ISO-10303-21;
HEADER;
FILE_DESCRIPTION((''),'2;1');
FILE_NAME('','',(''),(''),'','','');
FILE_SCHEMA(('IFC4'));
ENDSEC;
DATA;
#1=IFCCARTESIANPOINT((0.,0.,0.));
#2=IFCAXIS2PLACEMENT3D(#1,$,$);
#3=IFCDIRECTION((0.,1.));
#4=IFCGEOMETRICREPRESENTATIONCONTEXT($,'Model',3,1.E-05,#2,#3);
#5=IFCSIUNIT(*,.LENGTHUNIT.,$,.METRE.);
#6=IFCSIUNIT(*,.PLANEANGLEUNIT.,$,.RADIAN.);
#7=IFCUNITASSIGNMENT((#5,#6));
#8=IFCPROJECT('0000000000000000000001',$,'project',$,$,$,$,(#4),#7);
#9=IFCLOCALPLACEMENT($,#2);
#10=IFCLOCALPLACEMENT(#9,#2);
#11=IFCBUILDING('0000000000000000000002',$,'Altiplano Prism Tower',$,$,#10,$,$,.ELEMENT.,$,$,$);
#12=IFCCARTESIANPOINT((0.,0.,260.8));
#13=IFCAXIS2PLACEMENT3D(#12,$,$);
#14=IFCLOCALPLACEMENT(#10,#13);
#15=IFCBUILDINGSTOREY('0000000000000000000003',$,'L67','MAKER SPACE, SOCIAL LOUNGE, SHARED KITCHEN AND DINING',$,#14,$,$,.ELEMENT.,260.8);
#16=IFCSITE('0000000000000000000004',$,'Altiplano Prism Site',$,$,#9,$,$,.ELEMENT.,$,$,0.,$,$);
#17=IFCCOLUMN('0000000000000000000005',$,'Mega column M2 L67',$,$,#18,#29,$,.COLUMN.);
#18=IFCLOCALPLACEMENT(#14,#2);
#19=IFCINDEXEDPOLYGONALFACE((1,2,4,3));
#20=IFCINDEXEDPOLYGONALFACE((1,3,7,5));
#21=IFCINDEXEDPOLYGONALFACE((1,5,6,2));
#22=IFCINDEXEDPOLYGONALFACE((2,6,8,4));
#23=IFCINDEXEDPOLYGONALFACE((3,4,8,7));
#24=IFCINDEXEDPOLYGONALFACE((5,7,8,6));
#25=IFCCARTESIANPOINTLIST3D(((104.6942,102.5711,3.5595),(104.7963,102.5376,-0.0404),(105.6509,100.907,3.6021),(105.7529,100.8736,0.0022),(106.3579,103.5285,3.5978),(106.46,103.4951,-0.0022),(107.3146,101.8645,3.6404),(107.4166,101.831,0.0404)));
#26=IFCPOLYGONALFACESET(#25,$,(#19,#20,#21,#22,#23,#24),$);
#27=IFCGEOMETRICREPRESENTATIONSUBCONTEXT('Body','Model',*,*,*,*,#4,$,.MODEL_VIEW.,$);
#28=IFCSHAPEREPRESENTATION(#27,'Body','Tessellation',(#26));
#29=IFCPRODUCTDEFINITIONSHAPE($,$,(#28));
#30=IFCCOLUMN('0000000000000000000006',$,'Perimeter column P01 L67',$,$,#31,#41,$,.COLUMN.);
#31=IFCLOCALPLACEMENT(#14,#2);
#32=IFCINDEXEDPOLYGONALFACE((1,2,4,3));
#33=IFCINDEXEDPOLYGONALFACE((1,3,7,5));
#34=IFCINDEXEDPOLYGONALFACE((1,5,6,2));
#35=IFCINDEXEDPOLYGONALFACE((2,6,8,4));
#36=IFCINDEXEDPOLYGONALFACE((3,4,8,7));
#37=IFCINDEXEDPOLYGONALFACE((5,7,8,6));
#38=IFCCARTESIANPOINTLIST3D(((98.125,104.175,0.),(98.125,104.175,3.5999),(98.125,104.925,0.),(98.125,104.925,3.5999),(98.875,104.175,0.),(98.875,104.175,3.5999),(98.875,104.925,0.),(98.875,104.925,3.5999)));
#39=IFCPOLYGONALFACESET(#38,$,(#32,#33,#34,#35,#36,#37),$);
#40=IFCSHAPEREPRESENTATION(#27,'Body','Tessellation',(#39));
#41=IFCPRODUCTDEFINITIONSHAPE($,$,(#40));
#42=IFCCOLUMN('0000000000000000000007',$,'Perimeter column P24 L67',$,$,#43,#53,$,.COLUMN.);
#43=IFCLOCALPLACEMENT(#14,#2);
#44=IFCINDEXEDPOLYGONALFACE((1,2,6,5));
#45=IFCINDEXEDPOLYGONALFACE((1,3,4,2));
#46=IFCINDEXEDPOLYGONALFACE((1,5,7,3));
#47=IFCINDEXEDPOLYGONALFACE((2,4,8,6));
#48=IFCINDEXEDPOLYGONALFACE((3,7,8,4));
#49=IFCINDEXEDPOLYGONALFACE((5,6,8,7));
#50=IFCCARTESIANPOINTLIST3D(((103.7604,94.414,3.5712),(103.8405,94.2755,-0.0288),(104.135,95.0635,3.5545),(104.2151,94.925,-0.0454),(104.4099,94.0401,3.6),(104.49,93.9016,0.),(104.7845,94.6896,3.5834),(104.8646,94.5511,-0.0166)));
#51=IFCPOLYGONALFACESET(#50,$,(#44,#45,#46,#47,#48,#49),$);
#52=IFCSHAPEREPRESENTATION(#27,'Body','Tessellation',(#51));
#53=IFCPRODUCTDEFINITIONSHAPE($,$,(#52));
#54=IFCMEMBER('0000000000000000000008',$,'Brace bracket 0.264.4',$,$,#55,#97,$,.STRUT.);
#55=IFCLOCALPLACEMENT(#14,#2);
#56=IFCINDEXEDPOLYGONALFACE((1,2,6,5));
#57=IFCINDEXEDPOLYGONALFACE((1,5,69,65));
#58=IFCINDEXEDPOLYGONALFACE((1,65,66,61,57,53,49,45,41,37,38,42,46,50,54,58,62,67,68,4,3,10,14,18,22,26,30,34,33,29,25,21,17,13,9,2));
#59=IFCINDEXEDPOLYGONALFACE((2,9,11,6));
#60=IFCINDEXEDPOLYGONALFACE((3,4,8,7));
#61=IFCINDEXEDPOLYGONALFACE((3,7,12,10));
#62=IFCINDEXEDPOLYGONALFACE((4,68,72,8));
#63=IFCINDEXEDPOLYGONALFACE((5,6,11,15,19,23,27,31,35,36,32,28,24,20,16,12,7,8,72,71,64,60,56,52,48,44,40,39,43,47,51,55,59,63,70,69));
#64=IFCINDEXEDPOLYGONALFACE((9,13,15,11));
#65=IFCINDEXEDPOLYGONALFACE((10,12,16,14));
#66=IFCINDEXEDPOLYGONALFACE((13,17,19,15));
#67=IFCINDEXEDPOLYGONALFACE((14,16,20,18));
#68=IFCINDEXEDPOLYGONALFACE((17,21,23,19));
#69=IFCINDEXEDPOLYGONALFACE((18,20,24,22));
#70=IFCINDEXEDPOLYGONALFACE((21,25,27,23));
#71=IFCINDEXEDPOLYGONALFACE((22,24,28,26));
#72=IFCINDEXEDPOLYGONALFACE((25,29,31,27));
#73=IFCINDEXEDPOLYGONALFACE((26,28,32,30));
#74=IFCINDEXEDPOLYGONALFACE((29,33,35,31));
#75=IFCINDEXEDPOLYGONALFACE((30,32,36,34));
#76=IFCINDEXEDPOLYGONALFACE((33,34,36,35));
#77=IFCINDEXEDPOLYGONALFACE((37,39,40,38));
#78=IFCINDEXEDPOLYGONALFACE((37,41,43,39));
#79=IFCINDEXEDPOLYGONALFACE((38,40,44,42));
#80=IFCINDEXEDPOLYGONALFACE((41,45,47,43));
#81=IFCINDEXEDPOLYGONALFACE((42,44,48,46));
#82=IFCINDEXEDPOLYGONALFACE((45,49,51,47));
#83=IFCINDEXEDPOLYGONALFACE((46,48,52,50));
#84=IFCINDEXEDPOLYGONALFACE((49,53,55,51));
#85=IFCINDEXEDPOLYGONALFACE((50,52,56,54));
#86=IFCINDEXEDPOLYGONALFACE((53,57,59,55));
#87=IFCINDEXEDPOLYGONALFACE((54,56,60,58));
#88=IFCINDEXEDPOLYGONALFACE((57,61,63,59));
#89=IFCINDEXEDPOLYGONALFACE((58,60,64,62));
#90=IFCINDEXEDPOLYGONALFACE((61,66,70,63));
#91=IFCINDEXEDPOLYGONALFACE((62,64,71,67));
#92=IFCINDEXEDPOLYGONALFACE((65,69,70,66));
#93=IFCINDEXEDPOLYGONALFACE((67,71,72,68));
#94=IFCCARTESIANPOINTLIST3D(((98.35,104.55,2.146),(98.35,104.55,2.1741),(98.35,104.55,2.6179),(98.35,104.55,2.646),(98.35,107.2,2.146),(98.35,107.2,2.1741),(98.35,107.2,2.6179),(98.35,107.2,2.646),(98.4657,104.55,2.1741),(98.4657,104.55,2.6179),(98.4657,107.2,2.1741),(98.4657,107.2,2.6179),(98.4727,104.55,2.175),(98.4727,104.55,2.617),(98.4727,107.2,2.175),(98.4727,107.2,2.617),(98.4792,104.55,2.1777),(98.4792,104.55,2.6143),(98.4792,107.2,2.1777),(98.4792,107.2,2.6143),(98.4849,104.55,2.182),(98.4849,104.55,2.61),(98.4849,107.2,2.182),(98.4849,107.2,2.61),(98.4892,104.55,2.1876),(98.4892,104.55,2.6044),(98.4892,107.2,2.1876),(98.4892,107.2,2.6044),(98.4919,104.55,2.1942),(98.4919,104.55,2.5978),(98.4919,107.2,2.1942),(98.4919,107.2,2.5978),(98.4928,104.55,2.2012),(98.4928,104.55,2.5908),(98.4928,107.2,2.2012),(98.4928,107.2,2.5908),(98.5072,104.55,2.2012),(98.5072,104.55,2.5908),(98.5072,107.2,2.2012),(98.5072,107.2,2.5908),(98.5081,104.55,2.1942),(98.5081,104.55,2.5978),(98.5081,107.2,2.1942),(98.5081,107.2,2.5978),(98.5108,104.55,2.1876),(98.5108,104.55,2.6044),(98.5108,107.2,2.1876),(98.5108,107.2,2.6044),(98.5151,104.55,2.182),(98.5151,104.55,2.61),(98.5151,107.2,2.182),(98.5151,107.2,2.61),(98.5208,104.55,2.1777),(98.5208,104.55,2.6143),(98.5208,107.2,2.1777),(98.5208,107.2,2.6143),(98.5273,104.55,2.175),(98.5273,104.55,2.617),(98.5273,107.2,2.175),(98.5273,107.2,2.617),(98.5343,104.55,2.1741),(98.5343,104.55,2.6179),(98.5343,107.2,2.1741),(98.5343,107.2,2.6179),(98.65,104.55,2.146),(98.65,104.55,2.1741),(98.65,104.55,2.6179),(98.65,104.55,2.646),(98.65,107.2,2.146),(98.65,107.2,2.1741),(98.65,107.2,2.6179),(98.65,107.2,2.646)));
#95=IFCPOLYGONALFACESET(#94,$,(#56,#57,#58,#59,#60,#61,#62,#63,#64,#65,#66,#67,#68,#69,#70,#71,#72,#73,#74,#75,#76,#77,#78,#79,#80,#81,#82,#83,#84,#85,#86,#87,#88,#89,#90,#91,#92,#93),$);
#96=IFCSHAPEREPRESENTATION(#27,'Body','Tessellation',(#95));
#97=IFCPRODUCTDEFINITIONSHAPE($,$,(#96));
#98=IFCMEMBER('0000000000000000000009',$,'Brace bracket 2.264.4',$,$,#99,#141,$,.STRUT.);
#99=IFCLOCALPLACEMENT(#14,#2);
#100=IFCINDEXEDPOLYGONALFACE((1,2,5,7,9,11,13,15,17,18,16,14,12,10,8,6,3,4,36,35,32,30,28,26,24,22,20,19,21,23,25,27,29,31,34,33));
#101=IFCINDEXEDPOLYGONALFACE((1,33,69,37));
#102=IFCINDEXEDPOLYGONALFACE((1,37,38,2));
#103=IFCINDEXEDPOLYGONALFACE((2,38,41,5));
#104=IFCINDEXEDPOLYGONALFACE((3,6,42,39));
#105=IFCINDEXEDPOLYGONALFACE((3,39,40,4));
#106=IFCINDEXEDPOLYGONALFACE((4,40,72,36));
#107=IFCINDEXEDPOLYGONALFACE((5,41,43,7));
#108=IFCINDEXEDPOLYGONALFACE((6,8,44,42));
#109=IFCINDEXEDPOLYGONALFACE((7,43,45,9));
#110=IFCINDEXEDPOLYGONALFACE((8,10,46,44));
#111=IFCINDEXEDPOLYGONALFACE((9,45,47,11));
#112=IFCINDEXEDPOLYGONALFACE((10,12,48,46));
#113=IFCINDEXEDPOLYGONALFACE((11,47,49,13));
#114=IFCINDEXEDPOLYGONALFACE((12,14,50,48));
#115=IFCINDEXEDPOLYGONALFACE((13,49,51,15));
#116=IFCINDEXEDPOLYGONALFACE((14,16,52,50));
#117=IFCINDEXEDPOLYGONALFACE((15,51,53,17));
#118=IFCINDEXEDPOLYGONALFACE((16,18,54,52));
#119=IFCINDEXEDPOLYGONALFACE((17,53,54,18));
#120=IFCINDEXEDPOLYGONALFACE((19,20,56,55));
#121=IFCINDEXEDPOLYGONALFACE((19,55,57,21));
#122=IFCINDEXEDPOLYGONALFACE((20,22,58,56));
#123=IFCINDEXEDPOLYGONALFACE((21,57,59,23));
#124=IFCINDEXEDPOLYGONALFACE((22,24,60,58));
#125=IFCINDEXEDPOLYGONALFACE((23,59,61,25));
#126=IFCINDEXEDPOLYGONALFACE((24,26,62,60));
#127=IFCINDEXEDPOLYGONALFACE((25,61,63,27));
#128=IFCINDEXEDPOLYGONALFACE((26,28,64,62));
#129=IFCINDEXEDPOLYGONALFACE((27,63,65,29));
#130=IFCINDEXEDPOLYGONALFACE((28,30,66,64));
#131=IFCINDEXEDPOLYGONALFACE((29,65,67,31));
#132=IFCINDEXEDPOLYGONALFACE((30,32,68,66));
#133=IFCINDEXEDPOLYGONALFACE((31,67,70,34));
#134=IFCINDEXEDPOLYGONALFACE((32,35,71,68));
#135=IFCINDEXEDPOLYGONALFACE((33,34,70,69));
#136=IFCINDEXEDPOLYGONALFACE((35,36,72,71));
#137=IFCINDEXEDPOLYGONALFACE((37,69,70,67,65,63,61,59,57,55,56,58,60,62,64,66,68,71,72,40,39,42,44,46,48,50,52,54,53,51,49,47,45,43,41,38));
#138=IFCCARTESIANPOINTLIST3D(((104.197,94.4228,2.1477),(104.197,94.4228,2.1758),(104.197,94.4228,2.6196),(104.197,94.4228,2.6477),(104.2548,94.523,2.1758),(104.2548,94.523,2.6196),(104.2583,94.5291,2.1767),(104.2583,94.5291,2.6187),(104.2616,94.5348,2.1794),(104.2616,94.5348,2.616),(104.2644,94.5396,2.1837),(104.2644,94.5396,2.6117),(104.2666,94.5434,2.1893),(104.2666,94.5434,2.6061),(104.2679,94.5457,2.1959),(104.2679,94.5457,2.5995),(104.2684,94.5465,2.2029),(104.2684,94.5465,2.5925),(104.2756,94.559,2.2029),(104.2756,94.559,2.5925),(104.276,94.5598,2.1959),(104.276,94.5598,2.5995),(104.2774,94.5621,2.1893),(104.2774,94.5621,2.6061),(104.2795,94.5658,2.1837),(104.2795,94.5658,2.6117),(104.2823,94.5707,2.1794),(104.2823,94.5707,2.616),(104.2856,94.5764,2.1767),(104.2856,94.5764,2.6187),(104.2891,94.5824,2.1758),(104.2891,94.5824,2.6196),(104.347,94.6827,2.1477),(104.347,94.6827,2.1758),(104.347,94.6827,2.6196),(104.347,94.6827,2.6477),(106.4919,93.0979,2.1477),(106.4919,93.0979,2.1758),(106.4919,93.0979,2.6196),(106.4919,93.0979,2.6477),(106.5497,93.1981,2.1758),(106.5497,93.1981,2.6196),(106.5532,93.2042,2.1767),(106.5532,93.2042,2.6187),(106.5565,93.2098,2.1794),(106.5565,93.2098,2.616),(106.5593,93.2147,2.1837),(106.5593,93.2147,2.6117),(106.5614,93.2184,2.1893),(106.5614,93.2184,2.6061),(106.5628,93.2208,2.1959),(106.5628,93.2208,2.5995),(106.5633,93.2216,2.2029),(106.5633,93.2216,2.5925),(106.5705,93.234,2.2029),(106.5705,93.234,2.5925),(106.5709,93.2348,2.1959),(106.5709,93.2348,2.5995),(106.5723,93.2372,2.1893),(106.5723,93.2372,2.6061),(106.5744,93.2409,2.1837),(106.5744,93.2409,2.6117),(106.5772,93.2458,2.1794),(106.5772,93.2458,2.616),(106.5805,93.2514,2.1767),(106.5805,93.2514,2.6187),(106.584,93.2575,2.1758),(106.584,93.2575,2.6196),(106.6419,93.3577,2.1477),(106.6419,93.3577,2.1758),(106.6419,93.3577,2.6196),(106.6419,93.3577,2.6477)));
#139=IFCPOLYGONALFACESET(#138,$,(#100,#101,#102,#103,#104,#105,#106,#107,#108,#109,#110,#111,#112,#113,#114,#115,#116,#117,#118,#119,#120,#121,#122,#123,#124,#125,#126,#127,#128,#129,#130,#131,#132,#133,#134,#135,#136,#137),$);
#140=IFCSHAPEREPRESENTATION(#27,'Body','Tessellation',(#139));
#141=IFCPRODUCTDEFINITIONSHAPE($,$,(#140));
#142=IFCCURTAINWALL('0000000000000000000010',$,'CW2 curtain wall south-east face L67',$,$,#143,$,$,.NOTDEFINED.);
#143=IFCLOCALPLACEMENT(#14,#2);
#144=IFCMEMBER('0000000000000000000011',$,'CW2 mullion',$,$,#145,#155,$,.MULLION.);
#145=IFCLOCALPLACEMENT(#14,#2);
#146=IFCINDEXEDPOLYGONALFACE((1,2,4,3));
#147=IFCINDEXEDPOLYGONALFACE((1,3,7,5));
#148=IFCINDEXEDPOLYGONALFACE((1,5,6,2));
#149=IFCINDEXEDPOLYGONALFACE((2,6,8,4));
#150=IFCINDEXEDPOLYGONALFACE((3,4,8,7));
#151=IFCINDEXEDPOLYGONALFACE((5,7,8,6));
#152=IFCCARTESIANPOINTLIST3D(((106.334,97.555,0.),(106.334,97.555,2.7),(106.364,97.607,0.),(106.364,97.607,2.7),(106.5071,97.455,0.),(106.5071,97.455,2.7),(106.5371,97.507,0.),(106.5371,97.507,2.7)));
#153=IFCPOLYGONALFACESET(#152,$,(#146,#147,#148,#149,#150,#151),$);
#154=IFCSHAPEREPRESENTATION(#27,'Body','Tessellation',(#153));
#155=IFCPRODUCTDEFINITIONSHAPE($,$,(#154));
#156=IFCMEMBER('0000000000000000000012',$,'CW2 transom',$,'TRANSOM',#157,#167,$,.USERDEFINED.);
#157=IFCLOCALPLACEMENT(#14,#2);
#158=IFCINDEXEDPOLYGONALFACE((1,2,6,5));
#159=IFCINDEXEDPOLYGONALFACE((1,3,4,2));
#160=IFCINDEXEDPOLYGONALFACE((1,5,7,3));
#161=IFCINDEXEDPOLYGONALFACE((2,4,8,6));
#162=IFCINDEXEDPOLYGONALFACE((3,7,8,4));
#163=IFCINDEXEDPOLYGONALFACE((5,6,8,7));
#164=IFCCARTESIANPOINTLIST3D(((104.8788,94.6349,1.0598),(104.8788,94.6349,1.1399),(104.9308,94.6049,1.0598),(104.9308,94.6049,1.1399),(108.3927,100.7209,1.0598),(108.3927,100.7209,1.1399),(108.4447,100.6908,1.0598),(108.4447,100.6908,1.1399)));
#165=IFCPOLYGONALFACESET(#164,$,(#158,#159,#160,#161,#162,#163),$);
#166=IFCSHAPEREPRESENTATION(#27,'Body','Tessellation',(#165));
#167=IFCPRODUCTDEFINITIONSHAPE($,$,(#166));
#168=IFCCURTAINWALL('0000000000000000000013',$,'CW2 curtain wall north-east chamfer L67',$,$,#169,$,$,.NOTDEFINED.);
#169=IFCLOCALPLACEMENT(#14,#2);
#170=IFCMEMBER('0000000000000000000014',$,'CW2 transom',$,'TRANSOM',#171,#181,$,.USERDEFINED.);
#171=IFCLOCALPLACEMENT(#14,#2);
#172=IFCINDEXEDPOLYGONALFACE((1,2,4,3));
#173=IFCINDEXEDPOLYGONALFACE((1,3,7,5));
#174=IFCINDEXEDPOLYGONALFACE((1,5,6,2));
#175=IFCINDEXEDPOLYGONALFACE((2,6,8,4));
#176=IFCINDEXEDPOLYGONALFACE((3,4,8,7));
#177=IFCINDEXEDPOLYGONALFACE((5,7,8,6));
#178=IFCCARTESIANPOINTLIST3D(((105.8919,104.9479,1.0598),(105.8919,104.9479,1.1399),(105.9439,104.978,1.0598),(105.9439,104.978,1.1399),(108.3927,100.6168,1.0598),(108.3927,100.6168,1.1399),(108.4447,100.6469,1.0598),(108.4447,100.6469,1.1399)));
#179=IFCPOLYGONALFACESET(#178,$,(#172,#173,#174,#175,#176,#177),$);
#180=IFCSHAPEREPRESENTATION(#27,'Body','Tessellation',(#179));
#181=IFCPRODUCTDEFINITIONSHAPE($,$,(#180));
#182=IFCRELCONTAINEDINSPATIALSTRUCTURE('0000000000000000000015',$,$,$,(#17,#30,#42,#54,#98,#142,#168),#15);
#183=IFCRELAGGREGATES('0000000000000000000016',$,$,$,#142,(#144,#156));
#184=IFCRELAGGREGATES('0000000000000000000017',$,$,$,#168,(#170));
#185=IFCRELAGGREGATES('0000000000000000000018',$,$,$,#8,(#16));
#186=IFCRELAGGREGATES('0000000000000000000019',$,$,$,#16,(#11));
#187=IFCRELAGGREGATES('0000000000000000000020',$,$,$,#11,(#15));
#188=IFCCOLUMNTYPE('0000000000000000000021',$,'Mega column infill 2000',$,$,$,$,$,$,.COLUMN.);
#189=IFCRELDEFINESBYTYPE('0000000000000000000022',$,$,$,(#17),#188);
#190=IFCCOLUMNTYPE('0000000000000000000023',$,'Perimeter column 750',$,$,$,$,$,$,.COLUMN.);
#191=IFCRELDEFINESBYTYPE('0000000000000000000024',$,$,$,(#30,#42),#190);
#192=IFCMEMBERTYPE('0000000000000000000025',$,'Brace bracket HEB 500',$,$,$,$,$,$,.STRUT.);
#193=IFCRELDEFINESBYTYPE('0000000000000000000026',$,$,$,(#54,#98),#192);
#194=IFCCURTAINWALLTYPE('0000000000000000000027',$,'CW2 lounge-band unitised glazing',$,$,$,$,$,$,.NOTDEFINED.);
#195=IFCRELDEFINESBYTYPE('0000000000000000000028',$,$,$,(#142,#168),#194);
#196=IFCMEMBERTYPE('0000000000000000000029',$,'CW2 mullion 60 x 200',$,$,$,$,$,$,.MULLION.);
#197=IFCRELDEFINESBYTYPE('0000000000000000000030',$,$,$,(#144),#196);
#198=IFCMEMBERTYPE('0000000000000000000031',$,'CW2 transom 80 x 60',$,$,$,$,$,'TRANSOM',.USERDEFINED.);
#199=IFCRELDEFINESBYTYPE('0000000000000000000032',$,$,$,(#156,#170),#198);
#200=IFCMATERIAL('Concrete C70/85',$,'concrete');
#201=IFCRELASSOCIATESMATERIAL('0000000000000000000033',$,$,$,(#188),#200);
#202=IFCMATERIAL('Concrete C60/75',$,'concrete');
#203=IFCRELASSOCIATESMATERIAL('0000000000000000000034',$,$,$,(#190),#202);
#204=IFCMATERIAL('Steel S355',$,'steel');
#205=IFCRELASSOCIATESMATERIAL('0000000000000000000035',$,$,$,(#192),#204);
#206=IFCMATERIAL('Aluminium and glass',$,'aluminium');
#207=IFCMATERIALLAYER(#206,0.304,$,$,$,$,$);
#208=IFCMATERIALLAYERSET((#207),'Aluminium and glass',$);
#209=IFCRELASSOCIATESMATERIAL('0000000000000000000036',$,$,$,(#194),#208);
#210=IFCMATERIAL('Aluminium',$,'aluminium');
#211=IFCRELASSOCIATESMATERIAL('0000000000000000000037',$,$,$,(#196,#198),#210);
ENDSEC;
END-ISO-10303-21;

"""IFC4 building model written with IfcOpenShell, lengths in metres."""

from ifc_helpers import new_model, si_unit, direction, frame, origin, origin_2d, place, context, subcontext, project, spatial, rectangle, i_section, extrude, material, layer, layer_set, material_profile, profile_set, type_object, element, aggregate, save


model = new_model("IFC4")

# Units and contexts
model_context = context("Model", 3, precision=1e-05, world=origin(), true_north=direction((0.0, 1.0)))
body_context = subcontext(model_context, "Body", "Model", "MODEL_VIEW")
ifc_project = project(units=[si_unit("LENGTHUNIT", "METRE"), si_unit("PLANEANGLEUNIT", "RADIAN")], contexts=[model_context])

# Site, building, storey
site_placement = place(None, origin())
site = spatial("IfcSite", under=ifc_project, at=site_placement, Name="Altiplano Prism Site", CompositionType="ELEMENT", RefElevation=0.0)
building_placement = place(site_placement, origin())
building = spatial("IfcBuilding", under=site, at=building_placement, Name="Altiplano Prism Tower", CompositionType="ELEMENT")
storey_placement = place(building_placement, frame((0.0, 0.0, 260.8)))
storey = spatial("IfcBuildingStorey", under=building, at=storey_placement, Name="L67", Description="MAKER SPACE, SOCIAL LOUNGE, SHARED KITCHEN AND DINING", CompositionType="ELEMENT", Elevation=260.8)

# Columns
ifc_material_1 = material(Name="Concrete C70/85", Category="concrete")
ifc_material_profile_1 = material_profile(ifc_material_1, rectangle(XDim=1.9199, YDim=1.9199, at=origin_2d()), Name="Mega column infill 2000")
ifc_profile_set_1 = profile_set([ifc_material_profile_1], Name="Concrete C70/85")
column_type_1 = type_object("IfcColumnType", Name="Mega column infill 2000", PredefinedType="COLUMN", material=ifc_profile_set_1)
column_1_placement = place(storey_placement, frame((106.1064, 102.1843, 0.0), z_axis=(-0.028336, 0.009287, 0.999555), x_axis=(0.498283, -0.866731, 0.022179)))
element("IfcColumn", 1, at=column_1_placement, inside=storey, type_object=column_type_1, Name="Mega column M2 L67", PredefinedType="COLUMN", context=body_context, shape_type="SweptSolid", body=[
    extrude(rectangle(XDim=1.9199, YDim=1.9199, at=origin_2d()), origin(), (0.0, 0.0, 1.0), 3.6016),
])
ifc_material_2 = material(Name="Concrete C60/75", Category="concrete")
ifc_material_profile_2 = material_profile(ifc_material_2, rectangle(XDim=0.75, YDim=0.75, at=origin_2d()), Name="Perimeter column 750")
ifc_profile_set_2 = profile_set([ifc_material_profile_2], Name="Concrete C60/75")
column_type_2 = type_object("IfcColumnType", Name="Perimeter column 750", PredefinedType="COLUMN", material=ifc_profile_set_2)
column_2_placement = place(storey_placement, frame((98.5, 104.55, 0.0), z_axis=(0.0, 0.0, 1.0), x_axis=(1.0, 0.0, 0.0)))
element("IfcColumn", 2, at=column_2_placement, inside=storey, type_object=column_type_2, Name="Perimeter column P01 L67", PredefinedType="COLUMN", context=body_context, shape_type="SweptSolid", body=[
    extrude(rectangle(XDim=0.75, YDim=0.75, at=origin_2d()), origin(), (0.0, 0.0, 1.0), 3.5999),
])
column_3_placement = place(storey_placement, frame((104.3525, 94.4133, -0.0227), z_axis=(-0.022223, 0.038416, 0.999015), x_axis=(-0.499513, -0.866022, 0.02219)))
element("IfcColumn", 3, at=column_3_placement, inside=storey, type_object=column_type_2, Name="Perimeter column P24 L67", PredefinedType="COLUMN", context=body_context, shape_type="SweptSolid", body=[
    extrude(rectangle(XDim=0.75, YDim=0.75, at=origin_2d()), origin(), (0.0, 0.0, 1.0), 3.6035),
])

# Members
ifc_material_3 = material(Name="Steel S355", Category="steel")
ifc_material_profile_3 = material_profile(ifc_material_3, i_section(OverallWidth=0.3, OverallDepth=0.5, WebThickness=0.0144, FlangeThickness=0.0281, FilletRadius=0.0271, at=origin_2d()), Name="Brace bracket HEB 500")
ifc_profile_set_3 = profile_set([ifc_material_profile_3], Name="Steel S355")
member_type_1 = type_object("IfcMemberType", Name="Brace bracket HEB 500", PredefinedType="STRUT", material=ifc_profile_set_3)
for number, where, z_axis, x_axis, name in (
    (4, (98.5, 104.55, 2.396), (0.0, 1.0, 0.0), (-1.0, 0.0, 0.0), "Brace bracket 0.264.4"),
    (5, (104.272, 94.5527, 2.3977), (0.866029, -0.499994, 0.0), (0.499994, 0.866029, 0.0), "Brace bracket 2.264.4"),
):
    element("IfcMember", number, at=place(storey_placement, frame(where, z_axis=z_axis, x_axis=x_axis)), inside=storey, type_object=member_type_1, Name=name, PredefinedType="STRUT", context=body_context, shape_type="SweptSolid", body=[
        extrude(i_section(OverallWidth=0.3, OverallDepth=0.5, WebThickness=0.0144, FlangeThickness=0.0281, FilletRadius=0.0271, at=origin_2d()), origin(), (0.0, 0.0, 1.0), 2.6499),
    ])

# Curtain wall, members
ifc_material_4 = material(Name="Aluminium and glass", Category="aluminium")
ifc_layer_1 = layer(ifc_material_4, 0.304)
ifc_layer_set_1 = layer_set([ifc_layer_1], Name="Aluminium and glass")
curtain_wall_type = type_object("IfcCurtainWallType", Name="CW2 lounge-band unitised glazing", PredefinedType="NOTDEFINED", material=ifc_layer_set_1)
curtain_wall_1_placement = place(storey_placement, origin())
curtain_wall_1 = element("IfcCurtainWall", 6, at=curtain_wall_1_placement, inside=storey, type_object=curtain_wall_type, Name="CW2 curtain wall south-east face L67", PredefinedType="NOTDEFINED")
ifc_material_5 = material(Name="Aluminium", Category="aluminium")
ifc_material_profile_4 = material_profile(ifc_material_5, rectangle(XDim=0.2, YDim=0.0601, at=origin_2d()), Name="CW2 mullion 60 x 200")
ifc_profile_set_4 = profile_set([ifc_material_profile_4], Name="Aluminium")
member_type_2 = type_object("IfcMemberType", Name="CW2 mullion 60 x 200", PredefinedType="MULLION", material=ifc_profile_set_4)
member_1_placement = place(storey_placement, frame((106.4355, 97.531, 0.0), z_axis=(0.0, 0.0, 1.0), x_axis=(-0.866025, 0.5, 0.0)))
member_1 = element("IfcMember", 7, at=member_1_placement, type_object=member_type_2, Name="CW2 mullion", PredefinedType="MULLION", context=body_context, shape_type="SweptSolid", body=[
    extrude(rectangle(XDim=0.2, YDim=0.0601, at=origin_2d()), origin(), (0.0, 0.0, 1.0), 2.7),
])
ifc_material_profile_5 = material_profile(ifc_material_5, rectangle(XDim=0.0601, YDim=0.0801, at=origin_2d()), Name="CW2 transom 80 x 60")
ifc_profile_set_5 = profile_set([ifc_material_profile_5], Name="Aluminium")
member_type_3 = type_object("IfcMemberType", Name="CW2 transom 80 x 60", ElementType="TRANSOM", PredefinedType="USERDEFINED", material=ifc_profile_set_5)
member_2_placement = place(storey_placement, frame((104.9048, 94.6199, 1.0999), z_axis=(0.500021, 0.866013, 0.0), x_axis=(-0.866013, 0.500021, 0.0)))
member_2 = element("IfcMember", 8, at=member_2_placement, type_object=member_type_3, Name="CW2 transom", ObjectType="TRANSOM", PredefinedType="USERDEFINED", context=body_context, shape_type="SweptSolid", body=[
    extrude(rectangle(XDim=0.0601, YDim=0.0801, at=origin_2d()), origin(), (0.0, 0.0, 1.0), 7.0276),
])

# Curtain wall, member
curtain_wall_2_placement = place(storey_placement, origin())
curtain_wall_2 = element("IfcCurtainWall", 9, at=curtain_wall_2_placement, inside=storey, type_object=curtain_wall_type, Name="CW2 curtain wall north-east chamfer L67", PredefinedType="NOTDEFINED")
member_3_placement = place(storey_placement, frame((108.4187, 100.6318, 1.0999), z_axis=(-0.50003, 0.866008, 0.0), x_axis=(-0.866008, -0.50003, 0.0)))
member_3 = element("IfcMember", 10, at=member_3_placement, type_object=member_type_3, Name="CW2 transom", ObjectType="TRANSOM", PredefinedType="USERDEFINED", context=body_context, shape_type="SweptSolid", body=[
    extrude(rectangle(XDim=0.0601, YDim=0.0801, at=origin_2d()), origin(), (0.0, 0.0, 1.0), 5.0012),
])

aggregate(curtain_wall_1, [member_1, member_2])
aggregate(curtain_wall_2, [member_3])

save(model, "model.ifc")
